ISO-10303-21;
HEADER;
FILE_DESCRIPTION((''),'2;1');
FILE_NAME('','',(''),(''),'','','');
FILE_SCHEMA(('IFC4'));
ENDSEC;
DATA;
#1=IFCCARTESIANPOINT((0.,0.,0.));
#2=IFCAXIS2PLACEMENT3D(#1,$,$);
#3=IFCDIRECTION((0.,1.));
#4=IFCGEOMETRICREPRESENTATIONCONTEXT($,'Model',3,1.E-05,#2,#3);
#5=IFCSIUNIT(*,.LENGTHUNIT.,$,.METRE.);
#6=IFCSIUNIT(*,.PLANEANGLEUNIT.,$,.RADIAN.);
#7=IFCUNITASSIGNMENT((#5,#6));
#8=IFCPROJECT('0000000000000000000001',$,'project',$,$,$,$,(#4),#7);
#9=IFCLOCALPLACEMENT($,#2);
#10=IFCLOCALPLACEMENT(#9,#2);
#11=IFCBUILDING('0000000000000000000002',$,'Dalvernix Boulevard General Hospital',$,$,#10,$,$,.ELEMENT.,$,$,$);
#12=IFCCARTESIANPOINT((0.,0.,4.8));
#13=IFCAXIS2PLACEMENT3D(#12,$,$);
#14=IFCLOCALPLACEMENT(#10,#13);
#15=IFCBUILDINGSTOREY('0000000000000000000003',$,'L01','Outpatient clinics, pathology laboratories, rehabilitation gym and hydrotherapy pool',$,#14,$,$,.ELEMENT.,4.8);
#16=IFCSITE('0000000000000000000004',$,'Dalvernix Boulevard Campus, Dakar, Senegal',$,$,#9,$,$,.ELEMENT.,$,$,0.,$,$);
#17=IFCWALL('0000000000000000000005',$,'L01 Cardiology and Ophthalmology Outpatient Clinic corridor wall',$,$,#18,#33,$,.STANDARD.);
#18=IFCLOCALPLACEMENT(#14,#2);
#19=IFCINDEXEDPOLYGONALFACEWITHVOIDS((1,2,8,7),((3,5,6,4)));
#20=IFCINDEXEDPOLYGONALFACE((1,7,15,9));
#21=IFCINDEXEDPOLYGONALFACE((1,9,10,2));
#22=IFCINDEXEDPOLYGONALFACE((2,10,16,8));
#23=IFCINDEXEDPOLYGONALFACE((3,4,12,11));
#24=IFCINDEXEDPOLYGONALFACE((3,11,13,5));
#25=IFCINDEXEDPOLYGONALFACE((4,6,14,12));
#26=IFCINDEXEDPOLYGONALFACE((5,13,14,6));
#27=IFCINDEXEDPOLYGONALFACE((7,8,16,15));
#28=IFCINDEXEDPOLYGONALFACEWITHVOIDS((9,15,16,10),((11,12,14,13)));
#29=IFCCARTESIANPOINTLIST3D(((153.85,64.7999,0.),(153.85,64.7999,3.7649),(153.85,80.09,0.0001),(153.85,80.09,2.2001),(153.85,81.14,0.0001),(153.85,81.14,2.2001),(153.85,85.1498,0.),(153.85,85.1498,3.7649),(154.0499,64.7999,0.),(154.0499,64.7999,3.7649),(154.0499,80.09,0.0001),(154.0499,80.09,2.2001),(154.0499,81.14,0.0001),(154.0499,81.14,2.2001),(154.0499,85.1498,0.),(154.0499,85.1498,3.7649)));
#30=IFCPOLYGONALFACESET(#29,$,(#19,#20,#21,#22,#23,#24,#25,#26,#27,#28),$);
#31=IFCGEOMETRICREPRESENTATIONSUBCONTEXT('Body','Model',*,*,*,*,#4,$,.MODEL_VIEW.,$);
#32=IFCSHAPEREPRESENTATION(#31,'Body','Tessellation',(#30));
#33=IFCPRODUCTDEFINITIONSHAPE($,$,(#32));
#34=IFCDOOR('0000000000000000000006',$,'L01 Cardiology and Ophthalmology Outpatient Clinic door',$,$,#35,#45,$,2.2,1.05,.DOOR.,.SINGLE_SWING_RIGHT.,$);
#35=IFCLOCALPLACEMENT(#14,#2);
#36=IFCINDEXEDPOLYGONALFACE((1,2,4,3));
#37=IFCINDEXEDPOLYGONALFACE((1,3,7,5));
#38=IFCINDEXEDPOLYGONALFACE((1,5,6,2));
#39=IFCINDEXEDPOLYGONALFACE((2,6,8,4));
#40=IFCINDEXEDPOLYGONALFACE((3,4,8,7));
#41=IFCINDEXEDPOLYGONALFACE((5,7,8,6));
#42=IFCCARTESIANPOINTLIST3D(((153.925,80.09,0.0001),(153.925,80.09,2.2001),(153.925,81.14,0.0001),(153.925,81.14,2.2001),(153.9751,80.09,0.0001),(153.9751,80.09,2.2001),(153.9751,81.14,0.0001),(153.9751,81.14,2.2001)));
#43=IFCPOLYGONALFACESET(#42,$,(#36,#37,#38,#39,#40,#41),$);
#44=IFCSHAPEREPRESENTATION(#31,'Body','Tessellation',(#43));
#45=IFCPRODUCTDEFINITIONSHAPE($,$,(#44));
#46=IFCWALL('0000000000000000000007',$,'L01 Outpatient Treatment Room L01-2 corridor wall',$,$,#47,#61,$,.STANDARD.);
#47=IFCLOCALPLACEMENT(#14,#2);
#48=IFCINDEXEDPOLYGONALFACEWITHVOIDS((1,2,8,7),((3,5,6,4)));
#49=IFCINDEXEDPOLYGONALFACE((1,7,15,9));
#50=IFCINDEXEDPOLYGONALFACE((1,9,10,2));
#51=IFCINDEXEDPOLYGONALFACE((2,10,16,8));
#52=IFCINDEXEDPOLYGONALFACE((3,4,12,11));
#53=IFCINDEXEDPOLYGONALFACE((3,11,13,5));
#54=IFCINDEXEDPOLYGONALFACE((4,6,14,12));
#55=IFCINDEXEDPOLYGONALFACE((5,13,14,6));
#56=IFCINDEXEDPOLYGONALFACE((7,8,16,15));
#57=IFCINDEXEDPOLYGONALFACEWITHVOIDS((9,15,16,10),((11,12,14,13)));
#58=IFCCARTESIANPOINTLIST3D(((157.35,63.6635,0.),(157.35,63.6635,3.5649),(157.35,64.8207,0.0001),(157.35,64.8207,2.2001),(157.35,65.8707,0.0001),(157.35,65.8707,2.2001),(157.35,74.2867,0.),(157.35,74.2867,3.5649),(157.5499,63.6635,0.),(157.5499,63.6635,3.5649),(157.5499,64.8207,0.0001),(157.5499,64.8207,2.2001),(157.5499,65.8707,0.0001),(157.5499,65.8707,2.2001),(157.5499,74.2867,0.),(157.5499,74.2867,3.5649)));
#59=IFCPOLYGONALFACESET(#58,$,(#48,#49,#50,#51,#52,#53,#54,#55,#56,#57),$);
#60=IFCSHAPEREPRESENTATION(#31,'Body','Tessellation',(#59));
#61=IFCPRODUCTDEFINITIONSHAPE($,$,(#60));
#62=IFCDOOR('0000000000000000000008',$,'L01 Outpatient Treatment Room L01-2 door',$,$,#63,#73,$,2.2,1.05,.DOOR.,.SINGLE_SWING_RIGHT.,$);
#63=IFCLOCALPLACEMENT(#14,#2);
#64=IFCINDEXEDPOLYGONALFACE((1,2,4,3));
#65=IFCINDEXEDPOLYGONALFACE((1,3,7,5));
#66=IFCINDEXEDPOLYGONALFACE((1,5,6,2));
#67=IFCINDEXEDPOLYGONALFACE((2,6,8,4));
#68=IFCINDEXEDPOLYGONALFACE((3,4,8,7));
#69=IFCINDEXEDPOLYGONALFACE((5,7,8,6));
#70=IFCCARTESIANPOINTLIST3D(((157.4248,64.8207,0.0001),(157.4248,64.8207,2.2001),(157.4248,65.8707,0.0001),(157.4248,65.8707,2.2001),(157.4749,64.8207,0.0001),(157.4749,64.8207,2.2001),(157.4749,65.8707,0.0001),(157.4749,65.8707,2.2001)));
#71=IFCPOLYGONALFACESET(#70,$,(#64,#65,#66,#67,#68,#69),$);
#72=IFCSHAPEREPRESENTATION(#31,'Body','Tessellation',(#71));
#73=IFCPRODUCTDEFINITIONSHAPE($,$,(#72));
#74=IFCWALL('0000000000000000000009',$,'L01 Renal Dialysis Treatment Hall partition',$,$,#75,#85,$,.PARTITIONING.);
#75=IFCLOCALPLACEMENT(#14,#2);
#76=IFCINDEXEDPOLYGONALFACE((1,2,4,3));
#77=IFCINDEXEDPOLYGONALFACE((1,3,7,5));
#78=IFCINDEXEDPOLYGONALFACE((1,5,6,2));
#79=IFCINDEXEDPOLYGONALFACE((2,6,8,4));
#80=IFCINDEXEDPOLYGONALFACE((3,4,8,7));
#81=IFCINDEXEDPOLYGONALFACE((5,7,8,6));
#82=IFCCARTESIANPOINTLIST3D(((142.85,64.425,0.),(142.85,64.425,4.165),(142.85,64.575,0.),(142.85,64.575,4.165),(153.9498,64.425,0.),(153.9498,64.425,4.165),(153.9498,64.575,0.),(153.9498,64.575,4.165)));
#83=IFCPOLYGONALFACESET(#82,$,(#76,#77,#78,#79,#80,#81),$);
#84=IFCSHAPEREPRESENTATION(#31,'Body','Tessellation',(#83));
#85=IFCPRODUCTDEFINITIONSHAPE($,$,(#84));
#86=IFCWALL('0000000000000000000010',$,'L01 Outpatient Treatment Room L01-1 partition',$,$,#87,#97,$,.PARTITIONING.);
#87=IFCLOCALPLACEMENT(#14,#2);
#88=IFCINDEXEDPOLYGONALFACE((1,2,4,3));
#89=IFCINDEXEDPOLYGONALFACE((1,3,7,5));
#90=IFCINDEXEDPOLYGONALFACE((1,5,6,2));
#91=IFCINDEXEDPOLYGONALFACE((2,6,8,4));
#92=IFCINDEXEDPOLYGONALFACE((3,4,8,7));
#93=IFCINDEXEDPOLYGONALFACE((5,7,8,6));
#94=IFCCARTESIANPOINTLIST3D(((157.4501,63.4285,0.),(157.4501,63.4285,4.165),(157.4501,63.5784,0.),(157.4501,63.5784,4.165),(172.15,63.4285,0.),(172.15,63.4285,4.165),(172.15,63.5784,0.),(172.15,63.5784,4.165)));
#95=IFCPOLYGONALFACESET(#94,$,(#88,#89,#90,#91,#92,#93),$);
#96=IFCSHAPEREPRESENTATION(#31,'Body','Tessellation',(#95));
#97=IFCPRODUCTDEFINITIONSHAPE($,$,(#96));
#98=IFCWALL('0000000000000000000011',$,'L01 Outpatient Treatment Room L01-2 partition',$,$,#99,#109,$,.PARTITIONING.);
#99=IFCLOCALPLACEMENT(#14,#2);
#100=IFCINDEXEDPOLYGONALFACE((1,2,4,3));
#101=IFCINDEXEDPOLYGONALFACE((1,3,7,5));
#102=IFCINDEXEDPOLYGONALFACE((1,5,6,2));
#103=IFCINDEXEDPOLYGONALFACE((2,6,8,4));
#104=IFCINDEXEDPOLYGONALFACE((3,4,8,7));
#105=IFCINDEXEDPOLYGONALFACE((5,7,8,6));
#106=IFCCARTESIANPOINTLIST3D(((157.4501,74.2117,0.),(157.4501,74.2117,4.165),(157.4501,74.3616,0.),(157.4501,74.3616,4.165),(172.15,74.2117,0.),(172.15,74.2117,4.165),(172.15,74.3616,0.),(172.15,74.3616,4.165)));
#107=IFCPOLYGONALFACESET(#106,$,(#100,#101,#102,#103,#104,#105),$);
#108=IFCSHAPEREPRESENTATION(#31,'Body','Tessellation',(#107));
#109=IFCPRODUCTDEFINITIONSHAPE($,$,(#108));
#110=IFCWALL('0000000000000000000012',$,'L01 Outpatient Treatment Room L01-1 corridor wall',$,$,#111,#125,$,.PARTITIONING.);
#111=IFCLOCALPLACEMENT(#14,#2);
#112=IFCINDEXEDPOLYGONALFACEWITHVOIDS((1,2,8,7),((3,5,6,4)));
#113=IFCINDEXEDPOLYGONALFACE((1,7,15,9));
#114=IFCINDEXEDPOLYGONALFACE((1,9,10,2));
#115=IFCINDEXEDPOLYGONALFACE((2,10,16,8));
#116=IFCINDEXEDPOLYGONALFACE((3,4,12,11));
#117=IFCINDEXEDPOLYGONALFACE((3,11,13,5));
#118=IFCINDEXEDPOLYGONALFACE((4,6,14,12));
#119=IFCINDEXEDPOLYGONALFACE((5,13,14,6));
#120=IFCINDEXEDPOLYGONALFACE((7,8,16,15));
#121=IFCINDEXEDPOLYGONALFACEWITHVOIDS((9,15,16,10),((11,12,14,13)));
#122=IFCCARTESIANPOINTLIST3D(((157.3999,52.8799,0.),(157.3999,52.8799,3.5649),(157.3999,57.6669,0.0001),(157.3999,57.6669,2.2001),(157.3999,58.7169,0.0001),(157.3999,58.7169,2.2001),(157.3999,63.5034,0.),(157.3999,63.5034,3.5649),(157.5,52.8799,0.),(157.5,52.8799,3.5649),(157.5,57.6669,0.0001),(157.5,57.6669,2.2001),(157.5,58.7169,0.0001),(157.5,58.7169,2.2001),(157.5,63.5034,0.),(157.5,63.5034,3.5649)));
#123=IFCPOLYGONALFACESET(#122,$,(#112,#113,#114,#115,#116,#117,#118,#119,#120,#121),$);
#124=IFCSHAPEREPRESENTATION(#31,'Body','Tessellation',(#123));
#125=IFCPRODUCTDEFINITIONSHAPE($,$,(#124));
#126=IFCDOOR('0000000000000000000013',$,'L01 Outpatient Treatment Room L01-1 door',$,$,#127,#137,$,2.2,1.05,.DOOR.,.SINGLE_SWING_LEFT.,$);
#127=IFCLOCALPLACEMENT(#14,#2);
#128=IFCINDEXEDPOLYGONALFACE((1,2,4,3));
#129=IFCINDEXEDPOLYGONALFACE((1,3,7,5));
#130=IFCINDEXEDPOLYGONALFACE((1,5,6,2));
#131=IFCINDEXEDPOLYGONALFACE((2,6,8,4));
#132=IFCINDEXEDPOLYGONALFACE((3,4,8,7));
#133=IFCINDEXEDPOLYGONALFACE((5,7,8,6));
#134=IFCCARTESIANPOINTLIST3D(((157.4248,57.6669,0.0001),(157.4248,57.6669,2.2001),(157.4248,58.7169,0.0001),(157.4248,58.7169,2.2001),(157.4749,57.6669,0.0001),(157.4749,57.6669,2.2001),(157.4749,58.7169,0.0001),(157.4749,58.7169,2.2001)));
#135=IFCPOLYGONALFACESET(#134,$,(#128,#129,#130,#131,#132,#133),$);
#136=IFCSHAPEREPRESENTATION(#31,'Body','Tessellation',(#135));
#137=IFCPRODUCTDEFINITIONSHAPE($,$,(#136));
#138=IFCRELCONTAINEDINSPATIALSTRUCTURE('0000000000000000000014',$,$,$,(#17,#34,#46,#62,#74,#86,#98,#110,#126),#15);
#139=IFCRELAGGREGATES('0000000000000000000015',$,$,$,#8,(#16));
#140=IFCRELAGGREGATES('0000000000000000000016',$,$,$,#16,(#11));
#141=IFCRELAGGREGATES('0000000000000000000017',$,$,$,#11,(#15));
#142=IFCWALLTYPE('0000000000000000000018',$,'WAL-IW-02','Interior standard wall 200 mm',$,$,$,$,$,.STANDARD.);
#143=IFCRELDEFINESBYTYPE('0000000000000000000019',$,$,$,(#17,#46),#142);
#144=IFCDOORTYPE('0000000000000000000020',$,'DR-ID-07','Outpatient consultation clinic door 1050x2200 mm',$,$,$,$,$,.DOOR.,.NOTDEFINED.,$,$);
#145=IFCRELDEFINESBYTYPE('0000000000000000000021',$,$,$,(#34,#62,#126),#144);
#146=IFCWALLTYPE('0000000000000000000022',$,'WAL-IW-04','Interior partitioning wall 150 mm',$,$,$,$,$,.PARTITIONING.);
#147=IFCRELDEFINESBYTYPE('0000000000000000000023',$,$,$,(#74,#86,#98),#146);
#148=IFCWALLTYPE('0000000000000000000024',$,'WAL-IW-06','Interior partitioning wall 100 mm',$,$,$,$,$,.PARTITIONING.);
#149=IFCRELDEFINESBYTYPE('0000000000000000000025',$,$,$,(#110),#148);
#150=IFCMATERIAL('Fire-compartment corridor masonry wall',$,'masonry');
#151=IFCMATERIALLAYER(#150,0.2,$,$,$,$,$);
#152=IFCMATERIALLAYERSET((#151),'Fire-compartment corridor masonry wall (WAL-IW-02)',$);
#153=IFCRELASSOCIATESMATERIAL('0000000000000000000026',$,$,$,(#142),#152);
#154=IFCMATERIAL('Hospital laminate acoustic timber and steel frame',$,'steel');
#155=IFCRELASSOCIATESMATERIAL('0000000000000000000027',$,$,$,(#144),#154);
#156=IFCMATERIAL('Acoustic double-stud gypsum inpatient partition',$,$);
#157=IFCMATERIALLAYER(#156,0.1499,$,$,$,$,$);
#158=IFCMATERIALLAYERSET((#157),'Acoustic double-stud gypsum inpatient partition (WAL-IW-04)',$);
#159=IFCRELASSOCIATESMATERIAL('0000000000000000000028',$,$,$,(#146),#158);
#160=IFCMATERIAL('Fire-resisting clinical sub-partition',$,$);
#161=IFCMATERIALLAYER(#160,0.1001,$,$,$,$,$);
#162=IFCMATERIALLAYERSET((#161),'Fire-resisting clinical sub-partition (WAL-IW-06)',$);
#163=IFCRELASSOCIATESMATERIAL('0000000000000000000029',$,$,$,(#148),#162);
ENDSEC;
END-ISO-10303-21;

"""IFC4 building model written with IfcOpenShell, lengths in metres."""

from ifc_helpers import new_model, si_unit, direction, frame, frame_2d, origin, place, context, subcontext, project, spatial, rectangle, extrude, material, layer, layer_set, type_object, element, fill, save


model = new_model("IFC4")

# Units and contexts
model_context = context("Model", 3, precision=1e-05, world=origin(), true_north=direction((0.0, 1.0)))
body_context = subcontext(model_context, "Body", "Model", "MODEL_VIEW")
ifc_project = project(units=[si_unit("LENGTHUNIT", "METRE"), si_unit("PLANEANGLEUNIT", "RADIAN")], contexts=[model_context])

# Site, building, storey
site_placement = place(None, origin())
site = spatial("IfcSite", under=ifc_project, at=site_placement, Name="Dalvernix Boulevard Campus, Dakar, Senegal", CompositionType="ELEMENT", RefElevation=0.0)
building_placement = place(site_placement, origin())
building = spatial("IfcBuilding", under=site, at=building_placement, Name="Dalvernix Boulevard General Hospital", CompositionType="ELEMENT")
storey_placement = place(building_placement, frame((0.0, 0.0, 4.8)))
storey = spatial("IfcBuildingStorey", under=building, at=storey_placement, Name="L01", Description="Outpatient clinics, pathology laboratories, rehabilitation gym and hydrotherapy pool", CompositionType="ELEMENT", Elevation=4.8)

# Walls, openings, doors
ifc_material_1 = material(Name="Fire-compartment corridor masonry wall", Category="masonry")
ifc_layer_1 = layer(ifc_material_1, 0.2)
ifc_layer_set_1 = layer_set([ifc_layer_1], Name="Fire-compartment corridor masonry wall (WAL-IW-02)")
wall_type_1 = type_object("IfcWallType", Name="WAL-IW-02", Description="Interior standard wall 200 mm", PredefinedType="STANDARD", material=ifc_layer_set_1)
wall_1_placement = place(storey_placement, frame((153.95, 64.8, 0.0), z_axis=(0.0, 0.0, 1.0), x_axis=(0.0, 1.0, 0.0)))
wall_1 = element("IfcWall", 1, at=wall_1_placement, inside=storey, type_object=wall_type_1, Name="L01 Cardiology and Ophthalmology Outpatient Clinic corridor wall", PredefinedType="STANDARD", context=body_context, shape_type="SweptSolid", body=[
    extrude(rectangle(XDim=20.3499, YDim=0.2, at=frame_2d((10.1748, 0.0))), origin(), (0.0, 0.0, 1.0), 3.7649),
])
opening_1_placement = place(wall_1_placement, frame((15.29, 0.0, 0.0)))
opening_1 = element("IfcOpeningElement", 2, at=opening_1_placement, cuts=wall_1, PredefinedType="OPENING", context=body_context, shape_type="SweptSolid", body=[
    extrude(rectangle(XDim=1.05, YDim=2.2, at=frame_2d((0.5249, 1.1001))), frame((0.0, 0.1099, 0.0), z_axis=(0.0, -1.0, 0.0), x_axis=(1.0, 0.0, 0.0)), (0.0, 0.0, 1.0), 0.22),
])
ifc_material_2 = material(Name="Hospital laminate acoustic timber and steel frame", Category="steel")
door_type = type_object("IfcDoorType", Name="DR-ID-07", Description="Outpatient consultation clinic door 1050x2200 mm", OperationType="NOTDEFINED", PredefinedType="DOOR", material=ifc_material_2)
door_1_placement = place(opening_1_placement, origin())
door_1 = element("IfcDoor", 3, at=door_1_placement, inside=storey, type_object=door_type, Name="L01 Cardiology and Ophthalmology Outpatient Clinic door", OperationType="SINGLE_SWING_RIGHT", OverallHeight=2.2, OverallWidth=1.05, PredefinedType="DOOR", context=body_context, shape_type="SweptSolid", body=[
    extrude(rectangle(XDim=1.05, YDim=2.2, at=frame_2d((0.5249, 1.1001))), frame((0.0, 0.0249, 0.0), z_axis=(0.0, -1.0, 0.0), x_axis=(1.0, 0.0, 0.0)), (0.0, 0.0, 1.0), 0.05),
])
fill(opening_1, door_1)
wall_2_placement = place(storey_placement, frame((157.45, 74.2866, 0.0), z_axis=(0.0, 0.0, 1.0), x_axis=(0.0, -1.0, 0.0)))
wall_2 = element("IfcWall", 4, at=wall_2_placement, inside=storey, type_object=wall_type_1, Name="L01 Outpatient Treatment Room L01-2 corridor wall", PredefinedType="STANDARD", context=body_context, shape_type="SweptSolid", body=[
    extrude(rectangle(XDim=10.6233, YDim=0.2, at=frame_2d((5.3115, 0.0))), origin(), (0.0, 0.0, 1.0), 3.5649),
])
opening_2_placement = place(wall_2_placement, frame((8.416, 0.0, 0.0)))
opening_2 = element("IfcOpeningElement", 5, at=opening_2_placement, cuts=wall_2, PredefinedType="OPENING", context=body_context, shape_type="SweptSolid", body=[
    extrude(rectangle(XDim=1.05, YDim=2.2, at=frame_2d((0.5249, 1.1001))), frame((0.0, 0.1099, 0.0), z_axis=(0.0, -1.0, 0.0), x_axis=(1.0, 0.0, 0.0)), (0.0, 0.0, 1.0), 0.22),
])
door_2_placement = place(opening_2_placement, origin())
door_2 = element("IfcDoor", 6, at=door_2_placement, inside=storey, type_object=door_type, Name="L01 Outpatient Treatment Room L01-2 door", OperationType="SINGLE_SWING_RIGHT", OverallHeight=2.2, OverallWidth=1.05, PredefinedType="DOOR", context=body_context, shape_type="SweptSolid", body=[
    extrude(rectangle(XDim=1.05, YDim=2.2, at=frame_2d((0.5249, 1.1001))), frame((0.0, 0.0249, 0.0), z_axis=(0.0, -1.0, 0.0), x_axis=(1.0, 0.0, 0.0)), (0.0, 0.0, 1.0), 0.05),
])
fill(opening_2, door_2)

# Walls
ifc_material_3 = material(Name="Acoustic double-stud gypsum inpatient partition")
ifc_layer_2 = layer(ifc_material_3, 0.1499)
ifc_layer_set_2 = layer_set([ifc_layer_2], Name="Acoustic double-stud gypsum inpatient partition (WAL-IW-04)")
wall_type_2 = type_object("IfcWallType", Name="WAL-IW-04", Description="Interior partitioning wall 150 mm", PredefinedType="PARTITIONING", material=ifc_layer_set_2)
wall_3_placement = place(storey_placement, frame((142.8501, 64.5, 0.0), z_axis=(0.0, 0.0, 1.0), x_axis=(1.0, 0.0, 0.0)))
element("IfcWall", 7, at=wall_3_placement, inside=storey, type_object=wall_type_2, Name="L01 Renal Dialysis Treatment Hall partition", PredefinedType="PARTITIONING", context=body_context, shape_type="SweptSolid", body=[
    extrude(rectangle(XDim=11.0999, YDim=0.1499, at=frame_2d((5.5498, 0.0))), origin(), (0.0, 0.0, 1.0), 4.165),
])
for number, where, z_axis, x_axis, name in (
    (8, (157.45, 63.5034, 0.0), (0.0, 0.0, 1.0), (1.0, 0.0, 0.0), "L01 Outpatient Treatment Room L01-1 partition"),
    (9, (157.45, 74.2866, 0.0), (0.0, 0.0, 1.0), (1.0, 0.0, 0.0), "L01 Outpatient Treatment Room L01-2 partition"),
):
    element("IfcWall", number, at=place(storey_placement, frame(where, z_axis=z_axis, x_axis=x_axis)), inside=storey, type_object=wall_type_2, Name=name, PredefinedType="PARTITIONING", context=body_context, shape_type="SweptSolid", body=[
        extrude(rectangle(XDim=14.7, YDim=0.1499, at=frame_2d((7.3501, 0.0))), origin(), (0.0, 0.0, 1.0), 4.165),
    ])

# Wall, opening, door
ifc_material_4 = material(Name="Fire-resisting clinical sub-partition")
ifc_layer_3 = layer(ifc_material_4, 0.1001)
ifc_layer_set_3 = layer_set([ifc_layer_3], Name="Fire-resisting clinical sub-partition (WAL-IW-06)")
wall_type_3 = type_object("IfcWallType", Name="WAL-IW-06", Description="Interior partitioning wall 100 mm", PredefinedType="PARTITIONING", material=ifc_layer_set_3)
wall_4_placement = place(storey_placement, frame((157.45, 63.5034, 0.0), z_axis=(0.0, 0.0, 1.0), x_axis=(0.0, -1.0, 0.0)))
wall_4 = element("IfcWall", 10, at=wall_4_placement, inside=storey, type_object=wall_type_3, Name="L01 Outpatient Treatment Room L01-1 corridor wall", PredefinedType="PARTITIONING", context=body_context, shape_type="SweptSolid", body=[
    extrude(rectangle(XDim=10.6235, YDim=0.1001, at=frame_2d((5.3118, 0.0))), origin(), (0.0, 0.0, 1.0), 3.5649),
])
opening_3_placement = place(wall_4_placement, frame((4.7866, 0.0, 0.0)))
opening_3 = element("IfcOpeningElement", 11, at=opening_3_placement, cuts=wall_4, PredefinedType="OPENING", context=body_context, shape_type="SweptSolid", body=[
    extrude(rectangle(XDim=1.05, YDim=2.2, at=frame_2d((0.5249, 1.1001))), frame((0.0, 0.0601, 0.0), z_axis=(0.0, -1.0, 0.0), x_axis=(1.0, 0.0, 0.0)), (0.0, 0.0, 1.0), 0.1201),
])
door_3_placement = place(opening_3_placement, origin())
door_3 = element("IfcDoor", 12, at=door_3_placement, inside=storey, type_object=door_type, Name="L01 Outpatient Treatment Room L01-1 door", OperationType="SINGLE_SWING_LEFT", OverallHeight=2.2, OverallWidth=1.05, PredefinedType="DOOR", context=body_context, shape_type="SweptSolid", body=[
    extrude(rectangle(XDim=1.05, YDim=2.2, at=frame_2d((0.5249, 1.1001))), frame((0.0, 0.0249, 0.0), z_axis=(0.0, -1.0, 0.0), x_axis=(1.0, 0.0, 0.0)), (0.0, 0.0, 1.0), 0.05),
])
fill(opening_3, door_3)

save(model, "model.ifc")
